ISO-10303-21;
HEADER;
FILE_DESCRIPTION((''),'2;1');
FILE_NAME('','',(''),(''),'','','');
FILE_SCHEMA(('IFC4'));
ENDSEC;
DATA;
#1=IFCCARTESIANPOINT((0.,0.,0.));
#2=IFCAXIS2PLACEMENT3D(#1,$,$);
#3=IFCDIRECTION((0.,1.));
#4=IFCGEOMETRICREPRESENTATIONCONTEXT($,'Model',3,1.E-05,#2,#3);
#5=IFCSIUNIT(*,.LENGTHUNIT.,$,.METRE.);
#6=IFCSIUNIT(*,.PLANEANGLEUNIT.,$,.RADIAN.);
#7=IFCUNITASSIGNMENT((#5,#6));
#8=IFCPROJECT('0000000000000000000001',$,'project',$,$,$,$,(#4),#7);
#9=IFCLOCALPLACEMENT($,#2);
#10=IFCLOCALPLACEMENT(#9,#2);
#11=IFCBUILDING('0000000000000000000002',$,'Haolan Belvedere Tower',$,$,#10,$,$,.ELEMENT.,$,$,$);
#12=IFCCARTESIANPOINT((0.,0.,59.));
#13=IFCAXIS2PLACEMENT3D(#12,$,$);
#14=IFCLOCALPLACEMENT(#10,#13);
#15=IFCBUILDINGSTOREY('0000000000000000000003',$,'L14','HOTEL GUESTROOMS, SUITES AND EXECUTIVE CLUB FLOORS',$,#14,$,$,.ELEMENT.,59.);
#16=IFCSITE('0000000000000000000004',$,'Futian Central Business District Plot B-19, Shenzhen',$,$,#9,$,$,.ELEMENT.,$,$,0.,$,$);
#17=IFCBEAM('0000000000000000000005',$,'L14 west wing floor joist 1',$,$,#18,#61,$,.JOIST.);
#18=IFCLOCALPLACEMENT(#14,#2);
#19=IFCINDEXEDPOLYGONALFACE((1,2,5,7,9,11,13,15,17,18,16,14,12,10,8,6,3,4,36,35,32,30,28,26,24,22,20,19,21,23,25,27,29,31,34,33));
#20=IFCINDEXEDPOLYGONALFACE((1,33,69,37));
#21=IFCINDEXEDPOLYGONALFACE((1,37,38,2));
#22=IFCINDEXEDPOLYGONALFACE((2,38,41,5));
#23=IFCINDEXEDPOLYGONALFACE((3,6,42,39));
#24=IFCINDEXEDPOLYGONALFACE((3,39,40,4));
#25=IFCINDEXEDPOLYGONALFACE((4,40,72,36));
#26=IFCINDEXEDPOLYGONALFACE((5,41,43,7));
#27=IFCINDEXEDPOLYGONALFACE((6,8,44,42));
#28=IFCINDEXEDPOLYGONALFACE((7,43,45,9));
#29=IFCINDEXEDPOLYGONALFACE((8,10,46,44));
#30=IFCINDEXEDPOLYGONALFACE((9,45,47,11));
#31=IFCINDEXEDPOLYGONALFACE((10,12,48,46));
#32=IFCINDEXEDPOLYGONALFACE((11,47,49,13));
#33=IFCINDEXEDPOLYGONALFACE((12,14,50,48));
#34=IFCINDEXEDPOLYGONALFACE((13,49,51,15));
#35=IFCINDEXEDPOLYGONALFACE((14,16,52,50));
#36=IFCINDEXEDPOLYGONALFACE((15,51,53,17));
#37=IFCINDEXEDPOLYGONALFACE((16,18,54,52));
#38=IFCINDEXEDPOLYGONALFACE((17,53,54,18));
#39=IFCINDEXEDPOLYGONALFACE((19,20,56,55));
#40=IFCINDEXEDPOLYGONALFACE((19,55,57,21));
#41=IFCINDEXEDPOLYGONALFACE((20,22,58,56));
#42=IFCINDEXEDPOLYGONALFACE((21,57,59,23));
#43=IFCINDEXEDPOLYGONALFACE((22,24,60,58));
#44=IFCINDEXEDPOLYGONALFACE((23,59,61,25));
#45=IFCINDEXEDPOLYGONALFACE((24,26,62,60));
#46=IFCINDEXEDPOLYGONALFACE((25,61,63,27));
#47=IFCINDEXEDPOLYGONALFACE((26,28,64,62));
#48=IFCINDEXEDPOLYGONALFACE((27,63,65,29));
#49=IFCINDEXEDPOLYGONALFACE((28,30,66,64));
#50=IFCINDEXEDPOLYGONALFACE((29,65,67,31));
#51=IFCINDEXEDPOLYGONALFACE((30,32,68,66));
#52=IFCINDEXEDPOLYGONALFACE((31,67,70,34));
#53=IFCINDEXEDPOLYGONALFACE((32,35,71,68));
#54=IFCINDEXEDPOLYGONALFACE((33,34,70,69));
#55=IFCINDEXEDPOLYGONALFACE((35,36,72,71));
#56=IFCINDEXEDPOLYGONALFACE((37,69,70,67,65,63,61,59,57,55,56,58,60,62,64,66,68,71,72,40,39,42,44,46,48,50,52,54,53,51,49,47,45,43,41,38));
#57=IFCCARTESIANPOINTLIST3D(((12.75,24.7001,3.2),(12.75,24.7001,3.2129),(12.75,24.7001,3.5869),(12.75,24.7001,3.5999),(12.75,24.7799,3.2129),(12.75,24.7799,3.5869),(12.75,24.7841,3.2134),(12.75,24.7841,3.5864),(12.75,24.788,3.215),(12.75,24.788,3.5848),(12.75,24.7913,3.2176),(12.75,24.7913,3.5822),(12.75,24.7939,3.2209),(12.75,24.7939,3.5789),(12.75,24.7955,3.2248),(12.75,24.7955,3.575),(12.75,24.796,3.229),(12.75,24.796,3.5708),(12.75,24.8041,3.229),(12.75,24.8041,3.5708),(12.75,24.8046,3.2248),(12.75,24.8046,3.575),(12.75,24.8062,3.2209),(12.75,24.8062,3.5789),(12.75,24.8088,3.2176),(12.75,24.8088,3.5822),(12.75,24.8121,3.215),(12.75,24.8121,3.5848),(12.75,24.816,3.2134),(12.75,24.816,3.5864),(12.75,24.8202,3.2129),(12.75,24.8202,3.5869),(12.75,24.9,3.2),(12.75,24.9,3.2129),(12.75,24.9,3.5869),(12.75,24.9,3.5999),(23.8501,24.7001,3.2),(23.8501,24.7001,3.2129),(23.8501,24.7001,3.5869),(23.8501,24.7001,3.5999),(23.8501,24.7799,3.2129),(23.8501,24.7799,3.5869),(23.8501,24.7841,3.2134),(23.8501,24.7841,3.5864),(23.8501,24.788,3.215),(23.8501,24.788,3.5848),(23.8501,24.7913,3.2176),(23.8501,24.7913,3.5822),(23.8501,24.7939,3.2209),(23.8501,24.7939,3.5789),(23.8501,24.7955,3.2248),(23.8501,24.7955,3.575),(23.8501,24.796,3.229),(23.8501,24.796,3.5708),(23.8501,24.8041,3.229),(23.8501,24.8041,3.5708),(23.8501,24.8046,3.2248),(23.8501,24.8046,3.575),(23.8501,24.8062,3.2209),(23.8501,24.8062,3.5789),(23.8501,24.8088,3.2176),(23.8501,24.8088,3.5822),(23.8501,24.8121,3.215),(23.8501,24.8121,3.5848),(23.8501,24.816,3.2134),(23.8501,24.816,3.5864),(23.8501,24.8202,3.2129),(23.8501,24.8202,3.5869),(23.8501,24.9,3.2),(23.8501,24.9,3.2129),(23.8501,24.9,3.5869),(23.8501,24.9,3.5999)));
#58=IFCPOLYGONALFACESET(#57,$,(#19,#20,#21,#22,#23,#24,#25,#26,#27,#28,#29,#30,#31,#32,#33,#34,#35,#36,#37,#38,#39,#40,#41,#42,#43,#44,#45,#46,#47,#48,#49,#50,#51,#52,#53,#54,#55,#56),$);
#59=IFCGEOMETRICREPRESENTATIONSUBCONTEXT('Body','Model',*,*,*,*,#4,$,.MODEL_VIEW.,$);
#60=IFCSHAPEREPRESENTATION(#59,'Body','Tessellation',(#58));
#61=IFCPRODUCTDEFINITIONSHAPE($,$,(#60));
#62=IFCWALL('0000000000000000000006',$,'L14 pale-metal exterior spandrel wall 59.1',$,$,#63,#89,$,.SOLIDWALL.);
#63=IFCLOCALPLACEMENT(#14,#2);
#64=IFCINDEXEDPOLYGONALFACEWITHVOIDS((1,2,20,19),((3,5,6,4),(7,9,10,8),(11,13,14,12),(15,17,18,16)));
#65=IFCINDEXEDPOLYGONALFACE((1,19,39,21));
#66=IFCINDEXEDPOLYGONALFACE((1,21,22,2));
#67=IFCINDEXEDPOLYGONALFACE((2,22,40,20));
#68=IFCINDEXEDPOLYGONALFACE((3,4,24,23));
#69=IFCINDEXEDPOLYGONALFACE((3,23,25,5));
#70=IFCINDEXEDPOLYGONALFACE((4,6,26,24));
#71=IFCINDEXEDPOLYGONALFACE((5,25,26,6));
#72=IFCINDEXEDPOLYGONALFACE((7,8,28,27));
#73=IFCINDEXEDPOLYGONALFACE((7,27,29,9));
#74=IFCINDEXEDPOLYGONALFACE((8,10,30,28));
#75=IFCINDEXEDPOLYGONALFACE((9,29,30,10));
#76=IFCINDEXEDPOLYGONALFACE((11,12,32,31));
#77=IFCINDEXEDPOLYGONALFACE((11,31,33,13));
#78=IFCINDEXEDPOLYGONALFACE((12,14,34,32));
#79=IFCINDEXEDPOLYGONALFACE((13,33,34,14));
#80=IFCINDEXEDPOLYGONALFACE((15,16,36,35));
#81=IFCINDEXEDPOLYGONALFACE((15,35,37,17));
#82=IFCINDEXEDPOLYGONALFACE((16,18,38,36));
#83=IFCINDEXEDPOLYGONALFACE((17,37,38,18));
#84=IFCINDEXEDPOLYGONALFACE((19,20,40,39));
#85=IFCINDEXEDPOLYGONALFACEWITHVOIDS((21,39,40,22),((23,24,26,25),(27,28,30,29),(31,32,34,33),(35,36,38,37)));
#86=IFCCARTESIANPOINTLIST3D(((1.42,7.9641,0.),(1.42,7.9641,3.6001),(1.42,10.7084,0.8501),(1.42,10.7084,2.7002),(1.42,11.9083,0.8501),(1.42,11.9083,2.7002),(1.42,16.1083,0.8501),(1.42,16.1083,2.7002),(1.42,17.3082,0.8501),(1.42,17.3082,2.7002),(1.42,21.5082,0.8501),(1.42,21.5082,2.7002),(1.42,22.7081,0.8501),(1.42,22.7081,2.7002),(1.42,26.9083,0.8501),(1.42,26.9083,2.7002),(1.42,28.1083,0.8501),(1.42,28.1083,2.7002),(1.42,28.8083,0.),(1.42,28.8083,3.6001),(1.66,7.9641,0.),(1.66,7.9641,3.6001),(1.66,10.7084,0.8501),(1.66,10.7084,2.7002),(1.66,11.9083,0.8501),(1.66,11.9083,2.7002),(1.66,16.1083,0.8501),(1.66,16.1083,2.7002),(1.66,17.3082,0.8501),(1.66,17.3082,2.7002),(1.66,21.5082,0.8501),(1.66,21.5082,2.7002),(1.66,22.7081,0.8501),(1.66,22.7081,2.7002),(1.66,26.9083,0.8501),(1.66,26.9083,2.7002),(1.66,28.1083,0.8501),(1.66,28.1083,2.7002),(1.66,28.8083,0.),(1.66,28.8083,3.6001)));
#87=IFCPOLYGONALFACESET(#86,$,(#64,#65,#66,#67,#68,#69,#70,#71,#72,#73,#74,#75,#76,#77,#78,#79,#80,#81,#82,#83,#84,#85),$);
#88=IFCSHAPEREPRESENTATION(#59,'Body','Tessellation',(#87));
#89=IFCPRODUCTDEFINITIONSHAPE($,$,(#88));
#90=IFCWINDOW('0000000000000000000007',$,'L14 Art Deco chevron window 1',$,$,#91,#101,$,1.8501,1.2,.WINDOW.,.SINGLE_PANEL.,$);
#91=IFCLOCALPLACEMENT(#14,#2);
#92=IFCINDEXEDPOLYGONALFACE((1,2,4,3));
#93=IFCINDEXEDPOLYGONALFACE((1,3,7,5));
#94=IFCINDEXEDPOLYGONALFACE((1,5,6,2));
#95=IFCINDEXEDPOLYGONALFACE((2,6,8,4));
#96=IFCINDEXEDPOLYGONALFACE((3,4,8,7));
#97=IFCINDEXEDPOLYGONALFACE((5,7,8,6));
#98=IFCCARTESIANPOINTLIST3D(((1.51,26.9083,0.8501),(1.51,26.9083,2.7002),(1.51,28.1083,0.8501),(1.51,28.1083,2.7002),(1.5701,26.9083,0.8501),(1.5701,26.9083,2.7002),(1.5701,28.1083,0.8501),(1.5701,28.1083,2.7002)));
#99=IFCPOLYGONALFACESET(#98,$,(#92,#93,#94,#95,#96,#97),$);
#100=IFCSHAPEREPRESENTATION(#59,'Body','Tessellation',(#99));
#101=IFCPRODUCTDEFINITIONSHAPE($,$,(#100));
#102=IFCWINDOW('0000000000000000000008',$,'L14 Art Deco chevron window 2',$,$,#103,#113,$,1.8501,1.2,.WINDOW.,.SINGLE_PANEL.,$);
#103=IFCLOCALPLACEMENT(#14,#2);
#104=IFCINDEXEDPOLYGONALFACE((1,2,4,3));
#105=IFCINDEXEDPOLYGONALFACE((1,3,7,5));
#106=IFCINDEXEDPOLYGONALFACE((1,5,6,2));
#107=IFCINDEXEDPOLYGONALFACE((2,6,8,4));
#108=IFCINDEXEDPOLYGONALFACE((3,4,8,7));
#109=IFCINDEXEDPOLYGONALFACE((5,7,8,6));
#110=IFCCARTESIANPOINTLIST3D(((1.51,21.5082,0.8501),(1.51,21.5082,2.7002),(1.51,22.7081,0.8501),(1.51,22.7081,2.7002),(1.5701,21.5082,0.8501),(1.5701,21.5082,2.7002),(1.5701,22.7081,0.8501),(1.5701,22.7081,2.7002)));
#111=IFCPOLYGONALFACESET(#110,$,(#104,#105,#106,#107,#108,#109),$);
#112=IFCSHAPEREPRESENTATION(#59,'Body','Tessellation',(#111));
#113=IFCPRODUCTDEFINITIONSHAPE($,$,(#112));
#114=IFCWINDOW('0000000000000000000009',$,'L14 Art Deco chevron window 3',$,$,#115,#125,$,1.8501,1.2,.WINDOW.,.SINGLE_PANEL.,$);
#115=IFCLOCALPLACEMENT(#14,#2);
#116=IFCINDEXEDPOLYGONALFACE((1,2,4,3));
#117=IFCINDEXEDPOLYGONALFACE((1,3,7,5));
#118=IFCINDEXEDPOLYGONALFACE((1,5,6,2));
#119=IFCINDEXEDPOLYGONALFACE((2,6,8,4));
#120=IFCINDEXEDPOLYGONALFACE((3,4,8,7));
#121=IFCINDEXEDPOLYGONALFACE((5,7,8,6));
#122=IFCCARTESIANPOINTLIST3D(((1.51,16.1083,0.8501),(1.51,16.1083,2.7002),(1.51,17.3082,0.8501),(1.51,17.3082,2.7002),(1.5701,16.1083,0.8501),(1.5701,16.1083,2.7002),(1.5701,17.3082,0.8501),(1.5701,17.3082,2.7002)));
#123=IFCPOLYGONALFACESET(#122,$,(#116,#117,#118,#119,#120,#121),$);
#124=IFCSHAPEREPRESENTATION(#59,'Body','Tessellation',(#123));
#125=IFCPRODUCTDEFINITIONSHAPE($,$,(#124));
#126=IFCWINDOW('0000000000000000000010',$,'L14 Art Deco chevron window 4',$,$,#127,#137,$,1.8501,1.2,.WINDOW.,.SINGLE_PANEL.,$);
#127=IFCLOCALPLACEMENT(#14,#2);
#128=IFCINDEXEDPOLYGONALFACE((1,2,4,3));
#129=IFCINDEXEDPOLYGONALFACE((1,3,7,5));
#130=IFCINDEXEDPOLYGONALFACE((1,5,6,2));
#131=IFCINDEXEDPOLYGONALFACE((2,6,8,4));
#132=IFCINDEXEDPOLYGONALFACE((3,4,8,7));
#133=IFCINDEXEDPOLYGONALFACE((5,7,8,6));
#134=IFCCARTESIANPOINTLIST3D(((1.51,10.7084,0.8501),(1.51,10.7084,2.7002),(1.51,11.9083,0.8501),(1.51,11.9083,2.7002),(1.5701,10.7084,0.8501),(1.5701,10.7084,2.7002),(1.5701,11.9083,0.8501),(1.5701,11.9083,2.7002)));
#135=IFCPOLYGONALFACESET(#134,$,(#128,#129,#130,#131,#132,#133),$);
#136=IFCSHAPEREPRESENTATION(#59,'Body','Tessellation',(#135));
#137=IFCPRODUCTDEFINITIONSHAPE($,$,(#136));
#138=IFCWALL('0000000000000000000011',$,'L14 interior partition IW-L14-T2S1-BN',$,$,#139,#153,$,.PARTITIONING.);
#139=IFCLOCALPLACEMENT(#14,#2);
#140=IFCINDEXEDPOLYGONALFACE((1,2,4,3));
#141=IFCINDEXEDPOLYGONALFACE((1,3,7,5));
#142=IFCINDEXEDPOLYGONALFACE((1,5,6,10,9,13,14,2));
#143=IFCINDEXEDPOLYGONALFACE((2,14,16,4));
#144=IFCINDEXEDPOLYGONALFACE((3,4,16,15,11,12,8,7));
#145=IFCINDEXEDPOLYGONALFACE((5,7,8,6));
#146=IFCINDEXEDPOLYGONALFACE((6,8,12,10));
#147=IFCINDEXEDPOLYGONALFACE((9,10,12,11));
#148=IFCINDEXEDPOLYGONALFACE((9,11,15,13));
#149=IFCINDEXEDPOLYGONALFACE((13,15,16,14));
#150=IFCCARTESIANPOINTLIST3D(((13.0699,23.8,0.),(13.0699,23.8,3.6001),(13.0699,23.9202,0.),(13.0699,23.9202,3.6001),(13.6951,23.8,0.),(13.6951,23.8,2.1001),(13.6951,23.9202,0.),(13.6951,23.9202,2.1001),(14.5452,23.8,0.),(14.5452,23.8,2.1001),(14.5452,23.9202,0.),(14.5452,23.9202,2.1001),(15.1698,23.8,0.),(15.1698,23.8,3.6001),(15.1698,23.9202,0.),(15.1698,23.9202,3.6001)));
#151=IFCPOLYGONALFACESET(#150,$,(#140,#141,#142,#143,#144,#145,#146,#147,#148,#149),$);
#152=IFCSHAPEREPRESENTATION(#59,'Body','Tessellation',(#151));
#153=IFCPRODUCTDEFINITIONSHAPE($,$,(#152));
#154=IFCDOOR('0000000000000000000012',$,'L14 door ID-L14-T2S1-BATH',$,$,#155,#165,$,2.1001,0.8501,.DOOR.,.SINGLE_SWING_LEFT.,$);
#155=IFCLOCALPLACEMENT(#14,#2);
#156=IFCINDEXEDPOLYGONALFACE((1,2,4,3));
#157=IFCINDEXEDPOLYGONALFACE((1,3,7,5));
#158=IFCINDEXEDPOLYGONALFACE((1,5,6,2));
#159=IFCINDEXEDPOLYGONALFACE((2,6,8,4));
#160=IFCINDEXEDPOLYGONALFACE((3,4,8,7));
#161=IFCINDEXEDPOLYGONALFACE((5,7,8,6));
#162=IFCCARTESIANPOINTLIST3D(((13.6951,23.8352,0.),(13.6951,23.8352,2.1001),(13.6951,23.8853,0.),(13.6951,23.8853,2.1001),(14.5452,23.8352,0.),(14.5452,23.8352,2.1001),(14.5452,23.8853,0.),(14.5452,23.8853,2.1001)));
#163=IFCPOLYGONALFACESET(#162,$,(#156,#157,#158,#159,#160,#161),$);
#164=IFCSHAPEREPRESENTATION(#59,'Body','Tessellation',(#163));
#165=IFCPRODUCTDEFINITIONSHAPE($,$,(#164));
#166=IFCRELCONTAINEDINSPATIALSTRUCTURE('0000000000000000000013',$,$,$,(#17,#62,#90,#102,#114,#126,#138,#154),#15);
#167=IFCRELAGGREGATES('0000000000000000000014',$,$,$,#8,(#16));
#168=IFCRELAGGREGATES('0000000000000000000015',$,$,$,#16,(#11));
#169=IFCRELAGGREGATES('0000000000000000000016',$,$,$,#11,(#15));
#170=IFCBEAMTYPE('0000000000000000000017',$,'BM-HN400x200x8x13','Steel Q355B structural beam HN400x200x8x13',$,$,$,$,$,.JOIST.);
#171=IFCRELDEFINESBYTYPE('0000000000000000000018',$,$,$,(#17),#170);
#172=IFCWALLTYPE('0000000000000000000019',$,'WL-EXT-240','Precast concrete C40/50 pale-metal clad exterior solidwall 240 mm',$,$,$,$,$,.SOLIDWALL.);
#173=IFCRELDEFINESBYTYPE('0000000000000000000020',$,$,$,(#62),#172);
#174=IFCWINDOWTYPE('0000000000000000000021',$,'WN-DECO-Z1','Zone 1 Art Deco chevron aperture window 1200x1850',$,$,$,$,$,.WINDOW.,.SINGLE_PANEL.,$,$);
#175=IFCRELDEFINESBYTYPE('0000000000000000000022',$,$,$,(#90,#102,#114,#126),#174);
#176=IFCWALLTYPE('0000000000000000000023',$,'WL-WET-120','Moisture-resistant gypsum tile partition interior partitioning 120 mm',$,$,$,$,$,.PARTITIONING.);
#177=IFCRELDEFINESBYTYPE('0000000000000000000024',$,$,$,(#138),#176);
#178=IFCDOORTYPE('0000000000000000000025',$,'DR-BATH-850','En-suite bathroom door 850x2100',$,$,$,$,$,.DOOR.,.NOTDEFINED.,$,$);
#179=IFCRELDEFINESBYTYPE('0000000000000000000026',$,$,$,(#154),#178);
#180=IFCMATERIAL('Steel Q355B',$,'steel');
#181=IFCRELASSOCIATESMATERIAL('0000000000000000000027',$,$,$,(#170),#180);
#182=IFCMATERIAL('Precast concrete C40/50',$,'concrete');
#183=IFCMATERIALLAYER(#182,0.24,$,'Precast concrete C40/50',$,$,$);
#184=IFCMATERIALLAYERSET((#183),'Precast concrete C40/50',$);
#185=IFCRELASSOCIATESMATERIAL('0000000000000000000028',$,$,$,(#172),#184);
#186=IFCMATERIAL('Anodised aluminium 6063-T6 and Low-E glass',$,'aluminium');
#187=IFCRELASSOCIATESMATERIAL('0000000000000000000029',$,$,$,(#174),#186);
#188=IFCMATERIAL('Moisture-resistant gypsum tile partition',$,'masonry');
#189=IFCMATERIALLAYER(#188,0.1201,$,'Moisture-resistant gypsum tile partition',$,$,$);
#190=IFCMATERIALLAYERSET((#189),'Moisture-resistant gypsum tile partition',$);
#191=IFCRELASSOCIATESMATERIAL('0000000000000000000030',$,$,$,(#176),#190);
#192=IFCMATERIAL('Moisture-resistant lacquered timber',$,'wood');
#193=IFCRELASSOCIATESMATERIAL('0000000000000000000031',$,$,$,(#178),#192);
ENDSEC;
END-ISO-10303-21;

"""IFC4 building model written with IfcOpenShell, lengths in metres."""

from ifc_helpers import new_model, si_unit, direction, frame, frame_2d, origin, origin_2d, place, context, subcontext, project, spatial, rectangle, i_section, extrude, material, layer, layer_set, material_profile, profile_set, type_object, element, fill, save


model = new_model("IFC4")

# Units and contexts
model_context = context("Model", 3, precision=1e-05, world=origin(), true_north=direction((0.0, 1.0)))
body_context = subcontext(model_context, "Body", "Model", "MODEL_VIEW")
ifc_project = project(units=[si_unit("LENGTHUNIT", "METRE"), si_unit("PLANEANGLEUNIT", "RADIAN")], contexts=[model_context])

# Site, building, storey
site_placement = place(None, origin())
site = spatial("IfcSite", under=ifc_project, at=site_placement, Name="Futian Central Business District Plot B-19, Shenzhen", CompositionType="ELEMENT", RefElevation=0.0)
building_placement = place(site_placement, origin())
building = spatial("IfcBuilding", under=site, at=building_placement, Name="Haolan Belvedere Tower", CompositionType="ELEMENT")
storey_placement = place(building_placement, frame((0.0, 0.0, 59.0)))
storey = spatial("IfcBuildingStorey", under=building, at=storey_placement, Name="L14", Description="HOTEL GUESTROOMS, SUITES AND EXECUTIVE CLUB FLOORS", CompositionType="ELEMENT", Elevation=59.0)

# Shared definitions
ifc_material_1 = material(Name="Steel Q355B", Category="steel")

# Beam
ifc_material_profile_1 = material_profile(ifc_material_1, i_section(OverallWidth=0.2, OverallDepth=0.3999, WebThickness=0.0081, FlangeThickness=0.0129, FilletRadius=0.0161, at=origin_2d()), Name="Steel Q355B")
ifc_profile_set_1 = profile_set([ifc_material_profile_1], Name="Steel Q355B")
beam_type_1 = type_object("IfcBeamType", Name="BM-HN400x200x8x13", Description="Steel Q355B structural beam HN400x200x8x13", PredefinedType="JOIST", material=ifc_profile_set_1)
beam_1_placement = place(storey_placement, frame((12.75, 24.8, 3.3999), z_axis=(1.0, 0.0, 0.0), x_axis=(0.0, 1.0, 0.0)))
element("IfcBeam", 1, at=beam_1_placement, inside=storey, type_object=beam_type_1, Name="L14 west wing floor joist 1", PredefinedType="JOIST", context=body_context, shape_type="SweptSolid", body=[
    extrude(i_section(OverallWidth=0.2, OverallDepth=0.3999, WebThickness=0.0081, FlangeThickness=0.0129, FilletRadius=0.0161, at=origin_2d()), origin(), (0.0, 0.0, 1.0), 11.1001),
])

# Wall, openings, windows
ifc_material_2 = material(Name="Precast concrete C40/50", Category="concrete")
ifc_layer_1 = layer(ifc_material_2, 0.24, Name="Precast concrete C40/50")
ifc_layer_set_1 = layer_set([ifc_layer_1], Name="Precast concrete C40/50")
wall_type_1 = type_object("IfcWallType", Name="WL-EXT-240", Description="Precast concrete C40/50 pale-metal clad exterior solidwall 240 mm", PredefinedType="SOLIDWALL", material=ifc_layer_set_1)
wall_1_placement = place(storey_placement, frame((1.54, 28.8083, 0.0), z_axis=(0.0, 0.0, 1.0), x_axis=(0.0, -1.0, 0.0)))
wall_1 = element("IfcWall", 2, at=wall_1_placement, inside=storey, type_object=wall_type_1, Name="L14 pale-metal exterior spandrel wall 59.1", PredefinedType="SOLIDWALL", context=body_context, shape_type="SweptSolid", body=[
    extrude(rectangle(XDim=20.8442, YDim=0.24, at=frame_2d((10.4221, 0.0))), origin(), (0.0, 0.0, 1.0), 3.6001),
])
opening_1_placement = place(wall_1_placement, frame((0.7, 0.0, 0.8501)))
opening_1 = element("IfcOpeningElement", 3, at=opening_1_placement, cuts=wall_1, PredefinedType="OPENING", context=body_context, shape_type="SweptSolid", body=[
    extrude(rectangle(XDim=1.2, YDim=1.8501, at=frame_2d((0.6001, 0.925))), frame((0.0, 0.1299, 0.0), z_axis=(0.0, -1.0, 0.0), x_axis=(1.0, 0.0, 0.0)), (0.0, 0.0, 1.0), 0.26),
])
opening_2_placement = place(wall_1_placement, frame((6.1001, 0.0, 0.8501)))
opening_2 = element("IfcOpeningElement", 4, at=opening_2_placement, cuts=wall_1, PredefinedType="OPENING", context=body_context, shape_type="SweptSolid", body=[
    extrude(rectangle(XDim=1.2, YDim=1.8501, at=frame_2d((0.6001, 0.925))), frame((0.0, 0.1299, 0.0), z_axis=(0.0, -1.0, 0.0), x_axis=(1.0, 0.0, 0.0)), (0.0, 0.0, 1.0), 0.26),
])
opening_3_placement = place(wall_1_placement, frame((11.5, 0.0, 0.8501)))
opening_3 = element("IfcOpeningElement", 5, at=opening_3_placement, cuts=wall_1, PredefinedType="OPENING", context=body_context, shape_type="SweptSolid", body=[
    extrude(rectangle(XDim=1.2, YDim=1.8501, at=frame_2d((0.6001, 0.925))), frame((0.0, 0.1299, 0.0), z_axis=(0.0, -1.0, 0.0), x_axis=(1.0, 0.0, 0.0)), (0.0, 0.0, 1.0), 0.26),
])
opening_4_placement = place(wall_1_placement, frame((16.8999, 0.0, 0.8501)))
opening_4 = element("IfcOpeningElement", 6, at=opening_4_placement, cuts=wall_1, PredefinedType="OPENING", context=body_context, shape_type="SweptSolid", body=[
    extrude(rectangle(XDim=1.2, YDim=1.8501, at=frame_2d((0.6001, 0.925))), frame((0.0, 0.1299, 0.0), z_axis=(0.0, -1.0, 0.0), x_axis=(1.0, 0.0, 0.0)), (0.0, 0.0, 1.0), 0.26),
])
ifc_material_3 = material(Name="Anodised aluminium 6063-T6 and Low-E glass", Category="aluminium")
window_type = type_object("IfcWindowType", Name="WN-DECO-Z1", Description="Zone 1 Art Deco chevron aperture window 1200x1850", PartitioningType="SINGLE_PANEL", PredefinedType="WINDOW", material=ifc_material_3)
window_1_placement = place(opening_1_placement, origin())
window_1 = element("IfcWindow", 7, at=window_1_placement, inside=storey, type_object=window_type, Name="L14 Art Deco chevron window 1", OverallHeight=1.8501, OverallWidth=1.2, PartitioningType="SINGLE_PANEL", PredefinedType="WINDOW", context=body_context, shape_type="SweptSolid", body=[
    extrude(rectangle(XDim=1.2, YDim=1.8501, at=frame_2d((0.6001, 0.925))), frame((0.0, 0.03, 0.0), z_axis=(0.0, -1.0, 0.0), x_axis=(1.0, 0.0, 0.0)), (0.0, 0.0, 1.0), 0.0601),
])
fill(opening_1, window_1)
window_2_placement = place(opening_2_placement, origin())
window_2 = element("IfcWindow", 8, at=window_2_placement, inside=storey, type_object=window_type, Name="L14 Art Deco chevron window 2", OverallHeight=1.8501, OverallWidth=1.2, PartitioningType="SINGLE_PANEL", PredefinedType="WINDOW", context=body_context, shape_type="SweptSolid", body=[
    extrude(rectangle(XDim=1.2, YDim=1.8501, at=frame_2d((0.6001, 0.925))), frame((0.0, 0.03, 0.0), z_axis=(0.0, -1.0, 0.0), x_axis=(1.0, 0.0, 0.0)), (0.0, 0.0, 1.0), 0.0601),
])
fill(opening_2, window_2)
window_3_placement = place(opening_3_placement, origin())
window_3 = element("IfcWindow", 9, at=window_3_placement, inside=storey, type_object=window_type, Name="L14 Art Deco chevron window 3", OverallHeight=1.8501, OverallWidth=1.2, PartitioningType="SINGLE_PANEL", PredefinedType="WINDOW", context=body_context, shape_type="SweptSolid", body=[
    extrude(rectangle(XDim=1.2, YDim=1.8501, at=frame_2d((0.6001, 0.925))), frame((0.0, 0.03, 0.0), z_axis=(0.0, -1.0, 0.0), x_axis=(1.0, 0.0, 0.0)), (0.0, 0.0, 1.0), 0.0601),
])
fill(opening_3, window_3)
window_4_placement = place(opening_4_placement, origin())
window_4 = element("IfcWindow", 10, at=window_4_placement, inside=storey, type_object=window_type, Name="L14 Art Deco chevron window 4", OverallHeight=1.8501, OverallWidth=1.2, PartitioningType="SINGLE_PANEL", PredefinedType="WINDOW", context=body_context, shape_type="SweptSolid", body=[
    extrude(rectangle(XDim=1.2, YDim=1.8501, at=frame_2d((0.6001, 0.925))), frame((0.0, 0.03, 0.0), z_axis=(0.0, -1.0, 0.0), x_axis=(1.0, 0.0, 0.0)), (0.0, 0.0, 1.0), 0.0601),
])
fill(opening_4, window_4)

# Wall, opening, door
ifc_material_4 = material(Name="Moisture-resistant gypsum tile partition", Category="masonry")
ifc_layer_2 = layer(ifc_material_4, 0.1201, Name="Moisture-resistant gypsum tile partition")
ifc_layer_set_2 = layer_set([ifc_layer_2], Name="Moisture-resistant gypsum tile partition")
wall_type_2 = type_object("IfcWallType", Name="WL-WET-120", Description="Moisture-resistant gypsum tile partition interior partitioning 120 mm", PredefinedType="PARTITIONING", material=ifc_layer_set_2)
wall_2_placement = place(storey_placement, frame((13.0701, 23.8601, 0.0), z_axis=(0.0, 0.0, 1.0), x_axis=(1.0, 0.0, 0.0)))
wall_2 = element("IfcWall", 11, at=wall_2_placement, inside=storey, type_object=wall_type_2, Name="L14 interior partition IW-L14-T2S1-BN", PredefinedType="PARTITIONING", context=body_context, shape_type="SweptSolid", body=[
    extrude(rectangle(XDim=2.0999, YDim=0.1201, at=frame_2d((1.0498, 0.0))), origin(), (0.0, 0.0, 1.0), 3.6001),
])
opening_5_placement = place(wall_2_placement, frame((1.4751, 0.0, 0.0), z_axis=(0.0, 0.0, 1.0), x_axis=(-1.0, 0.0, 0.0)))
opening_5 = element("IfcOpeningElement", 12, at=opening_5_placement, cuts=wall_2, PredefinedType="OPENING", context=body_context, shape_type="SweptSolid", body=[
    extrude(rectangle(XDim=0.8501, YDim=2.1001, at=frame_2d((0.425, 1.05))), frame((0.0, 0.0701, 0.0), z_axis=(0.0, -1.0, 0.0), x_axis=(1.0, 0.0, 0.0)), (0.0, 0.0, 1.0), 0.1401),
])
ifc_material_5 = material(Name="Moisture-resistant lacquered timber", Category="wood")
door_type = type_object("IfcDoorType", Name="DR-BATH-850", Description="En-suite bathroom door 850x2100", OperationType="NOTDEFINED", PredefinedType="DOOR", material=ifc_material_5)
door_1_placement = place(opening_5_placement, origin())
door_1 = element("IfcDoor", 13, at=door_1_placement, inside=storey, type_object=door_type, Name="L14 door ID-L14-T2S1-BATH", OperationType="SINGLE_SWING_LEFT", OverallHeight=2.1001, OverallWidth=0.8501, PredefinedType="DOOR", context=body_context, shape_type="SweptSolid", body=[
    extrude(rectangle(XDim=0.8501, YDim=2.1001, at=frame_2d((0.425, 1.05))), frame((0.0, 0.0249, 0.0), z_axis=(0.0, -1.0, 0.0), x_axis=(1.0, 0.0, 0.0)), (0.0, 0.0, 1.0), 0.05),
])
fill(opening_5, door_1)

save(model, "model.ifc")
